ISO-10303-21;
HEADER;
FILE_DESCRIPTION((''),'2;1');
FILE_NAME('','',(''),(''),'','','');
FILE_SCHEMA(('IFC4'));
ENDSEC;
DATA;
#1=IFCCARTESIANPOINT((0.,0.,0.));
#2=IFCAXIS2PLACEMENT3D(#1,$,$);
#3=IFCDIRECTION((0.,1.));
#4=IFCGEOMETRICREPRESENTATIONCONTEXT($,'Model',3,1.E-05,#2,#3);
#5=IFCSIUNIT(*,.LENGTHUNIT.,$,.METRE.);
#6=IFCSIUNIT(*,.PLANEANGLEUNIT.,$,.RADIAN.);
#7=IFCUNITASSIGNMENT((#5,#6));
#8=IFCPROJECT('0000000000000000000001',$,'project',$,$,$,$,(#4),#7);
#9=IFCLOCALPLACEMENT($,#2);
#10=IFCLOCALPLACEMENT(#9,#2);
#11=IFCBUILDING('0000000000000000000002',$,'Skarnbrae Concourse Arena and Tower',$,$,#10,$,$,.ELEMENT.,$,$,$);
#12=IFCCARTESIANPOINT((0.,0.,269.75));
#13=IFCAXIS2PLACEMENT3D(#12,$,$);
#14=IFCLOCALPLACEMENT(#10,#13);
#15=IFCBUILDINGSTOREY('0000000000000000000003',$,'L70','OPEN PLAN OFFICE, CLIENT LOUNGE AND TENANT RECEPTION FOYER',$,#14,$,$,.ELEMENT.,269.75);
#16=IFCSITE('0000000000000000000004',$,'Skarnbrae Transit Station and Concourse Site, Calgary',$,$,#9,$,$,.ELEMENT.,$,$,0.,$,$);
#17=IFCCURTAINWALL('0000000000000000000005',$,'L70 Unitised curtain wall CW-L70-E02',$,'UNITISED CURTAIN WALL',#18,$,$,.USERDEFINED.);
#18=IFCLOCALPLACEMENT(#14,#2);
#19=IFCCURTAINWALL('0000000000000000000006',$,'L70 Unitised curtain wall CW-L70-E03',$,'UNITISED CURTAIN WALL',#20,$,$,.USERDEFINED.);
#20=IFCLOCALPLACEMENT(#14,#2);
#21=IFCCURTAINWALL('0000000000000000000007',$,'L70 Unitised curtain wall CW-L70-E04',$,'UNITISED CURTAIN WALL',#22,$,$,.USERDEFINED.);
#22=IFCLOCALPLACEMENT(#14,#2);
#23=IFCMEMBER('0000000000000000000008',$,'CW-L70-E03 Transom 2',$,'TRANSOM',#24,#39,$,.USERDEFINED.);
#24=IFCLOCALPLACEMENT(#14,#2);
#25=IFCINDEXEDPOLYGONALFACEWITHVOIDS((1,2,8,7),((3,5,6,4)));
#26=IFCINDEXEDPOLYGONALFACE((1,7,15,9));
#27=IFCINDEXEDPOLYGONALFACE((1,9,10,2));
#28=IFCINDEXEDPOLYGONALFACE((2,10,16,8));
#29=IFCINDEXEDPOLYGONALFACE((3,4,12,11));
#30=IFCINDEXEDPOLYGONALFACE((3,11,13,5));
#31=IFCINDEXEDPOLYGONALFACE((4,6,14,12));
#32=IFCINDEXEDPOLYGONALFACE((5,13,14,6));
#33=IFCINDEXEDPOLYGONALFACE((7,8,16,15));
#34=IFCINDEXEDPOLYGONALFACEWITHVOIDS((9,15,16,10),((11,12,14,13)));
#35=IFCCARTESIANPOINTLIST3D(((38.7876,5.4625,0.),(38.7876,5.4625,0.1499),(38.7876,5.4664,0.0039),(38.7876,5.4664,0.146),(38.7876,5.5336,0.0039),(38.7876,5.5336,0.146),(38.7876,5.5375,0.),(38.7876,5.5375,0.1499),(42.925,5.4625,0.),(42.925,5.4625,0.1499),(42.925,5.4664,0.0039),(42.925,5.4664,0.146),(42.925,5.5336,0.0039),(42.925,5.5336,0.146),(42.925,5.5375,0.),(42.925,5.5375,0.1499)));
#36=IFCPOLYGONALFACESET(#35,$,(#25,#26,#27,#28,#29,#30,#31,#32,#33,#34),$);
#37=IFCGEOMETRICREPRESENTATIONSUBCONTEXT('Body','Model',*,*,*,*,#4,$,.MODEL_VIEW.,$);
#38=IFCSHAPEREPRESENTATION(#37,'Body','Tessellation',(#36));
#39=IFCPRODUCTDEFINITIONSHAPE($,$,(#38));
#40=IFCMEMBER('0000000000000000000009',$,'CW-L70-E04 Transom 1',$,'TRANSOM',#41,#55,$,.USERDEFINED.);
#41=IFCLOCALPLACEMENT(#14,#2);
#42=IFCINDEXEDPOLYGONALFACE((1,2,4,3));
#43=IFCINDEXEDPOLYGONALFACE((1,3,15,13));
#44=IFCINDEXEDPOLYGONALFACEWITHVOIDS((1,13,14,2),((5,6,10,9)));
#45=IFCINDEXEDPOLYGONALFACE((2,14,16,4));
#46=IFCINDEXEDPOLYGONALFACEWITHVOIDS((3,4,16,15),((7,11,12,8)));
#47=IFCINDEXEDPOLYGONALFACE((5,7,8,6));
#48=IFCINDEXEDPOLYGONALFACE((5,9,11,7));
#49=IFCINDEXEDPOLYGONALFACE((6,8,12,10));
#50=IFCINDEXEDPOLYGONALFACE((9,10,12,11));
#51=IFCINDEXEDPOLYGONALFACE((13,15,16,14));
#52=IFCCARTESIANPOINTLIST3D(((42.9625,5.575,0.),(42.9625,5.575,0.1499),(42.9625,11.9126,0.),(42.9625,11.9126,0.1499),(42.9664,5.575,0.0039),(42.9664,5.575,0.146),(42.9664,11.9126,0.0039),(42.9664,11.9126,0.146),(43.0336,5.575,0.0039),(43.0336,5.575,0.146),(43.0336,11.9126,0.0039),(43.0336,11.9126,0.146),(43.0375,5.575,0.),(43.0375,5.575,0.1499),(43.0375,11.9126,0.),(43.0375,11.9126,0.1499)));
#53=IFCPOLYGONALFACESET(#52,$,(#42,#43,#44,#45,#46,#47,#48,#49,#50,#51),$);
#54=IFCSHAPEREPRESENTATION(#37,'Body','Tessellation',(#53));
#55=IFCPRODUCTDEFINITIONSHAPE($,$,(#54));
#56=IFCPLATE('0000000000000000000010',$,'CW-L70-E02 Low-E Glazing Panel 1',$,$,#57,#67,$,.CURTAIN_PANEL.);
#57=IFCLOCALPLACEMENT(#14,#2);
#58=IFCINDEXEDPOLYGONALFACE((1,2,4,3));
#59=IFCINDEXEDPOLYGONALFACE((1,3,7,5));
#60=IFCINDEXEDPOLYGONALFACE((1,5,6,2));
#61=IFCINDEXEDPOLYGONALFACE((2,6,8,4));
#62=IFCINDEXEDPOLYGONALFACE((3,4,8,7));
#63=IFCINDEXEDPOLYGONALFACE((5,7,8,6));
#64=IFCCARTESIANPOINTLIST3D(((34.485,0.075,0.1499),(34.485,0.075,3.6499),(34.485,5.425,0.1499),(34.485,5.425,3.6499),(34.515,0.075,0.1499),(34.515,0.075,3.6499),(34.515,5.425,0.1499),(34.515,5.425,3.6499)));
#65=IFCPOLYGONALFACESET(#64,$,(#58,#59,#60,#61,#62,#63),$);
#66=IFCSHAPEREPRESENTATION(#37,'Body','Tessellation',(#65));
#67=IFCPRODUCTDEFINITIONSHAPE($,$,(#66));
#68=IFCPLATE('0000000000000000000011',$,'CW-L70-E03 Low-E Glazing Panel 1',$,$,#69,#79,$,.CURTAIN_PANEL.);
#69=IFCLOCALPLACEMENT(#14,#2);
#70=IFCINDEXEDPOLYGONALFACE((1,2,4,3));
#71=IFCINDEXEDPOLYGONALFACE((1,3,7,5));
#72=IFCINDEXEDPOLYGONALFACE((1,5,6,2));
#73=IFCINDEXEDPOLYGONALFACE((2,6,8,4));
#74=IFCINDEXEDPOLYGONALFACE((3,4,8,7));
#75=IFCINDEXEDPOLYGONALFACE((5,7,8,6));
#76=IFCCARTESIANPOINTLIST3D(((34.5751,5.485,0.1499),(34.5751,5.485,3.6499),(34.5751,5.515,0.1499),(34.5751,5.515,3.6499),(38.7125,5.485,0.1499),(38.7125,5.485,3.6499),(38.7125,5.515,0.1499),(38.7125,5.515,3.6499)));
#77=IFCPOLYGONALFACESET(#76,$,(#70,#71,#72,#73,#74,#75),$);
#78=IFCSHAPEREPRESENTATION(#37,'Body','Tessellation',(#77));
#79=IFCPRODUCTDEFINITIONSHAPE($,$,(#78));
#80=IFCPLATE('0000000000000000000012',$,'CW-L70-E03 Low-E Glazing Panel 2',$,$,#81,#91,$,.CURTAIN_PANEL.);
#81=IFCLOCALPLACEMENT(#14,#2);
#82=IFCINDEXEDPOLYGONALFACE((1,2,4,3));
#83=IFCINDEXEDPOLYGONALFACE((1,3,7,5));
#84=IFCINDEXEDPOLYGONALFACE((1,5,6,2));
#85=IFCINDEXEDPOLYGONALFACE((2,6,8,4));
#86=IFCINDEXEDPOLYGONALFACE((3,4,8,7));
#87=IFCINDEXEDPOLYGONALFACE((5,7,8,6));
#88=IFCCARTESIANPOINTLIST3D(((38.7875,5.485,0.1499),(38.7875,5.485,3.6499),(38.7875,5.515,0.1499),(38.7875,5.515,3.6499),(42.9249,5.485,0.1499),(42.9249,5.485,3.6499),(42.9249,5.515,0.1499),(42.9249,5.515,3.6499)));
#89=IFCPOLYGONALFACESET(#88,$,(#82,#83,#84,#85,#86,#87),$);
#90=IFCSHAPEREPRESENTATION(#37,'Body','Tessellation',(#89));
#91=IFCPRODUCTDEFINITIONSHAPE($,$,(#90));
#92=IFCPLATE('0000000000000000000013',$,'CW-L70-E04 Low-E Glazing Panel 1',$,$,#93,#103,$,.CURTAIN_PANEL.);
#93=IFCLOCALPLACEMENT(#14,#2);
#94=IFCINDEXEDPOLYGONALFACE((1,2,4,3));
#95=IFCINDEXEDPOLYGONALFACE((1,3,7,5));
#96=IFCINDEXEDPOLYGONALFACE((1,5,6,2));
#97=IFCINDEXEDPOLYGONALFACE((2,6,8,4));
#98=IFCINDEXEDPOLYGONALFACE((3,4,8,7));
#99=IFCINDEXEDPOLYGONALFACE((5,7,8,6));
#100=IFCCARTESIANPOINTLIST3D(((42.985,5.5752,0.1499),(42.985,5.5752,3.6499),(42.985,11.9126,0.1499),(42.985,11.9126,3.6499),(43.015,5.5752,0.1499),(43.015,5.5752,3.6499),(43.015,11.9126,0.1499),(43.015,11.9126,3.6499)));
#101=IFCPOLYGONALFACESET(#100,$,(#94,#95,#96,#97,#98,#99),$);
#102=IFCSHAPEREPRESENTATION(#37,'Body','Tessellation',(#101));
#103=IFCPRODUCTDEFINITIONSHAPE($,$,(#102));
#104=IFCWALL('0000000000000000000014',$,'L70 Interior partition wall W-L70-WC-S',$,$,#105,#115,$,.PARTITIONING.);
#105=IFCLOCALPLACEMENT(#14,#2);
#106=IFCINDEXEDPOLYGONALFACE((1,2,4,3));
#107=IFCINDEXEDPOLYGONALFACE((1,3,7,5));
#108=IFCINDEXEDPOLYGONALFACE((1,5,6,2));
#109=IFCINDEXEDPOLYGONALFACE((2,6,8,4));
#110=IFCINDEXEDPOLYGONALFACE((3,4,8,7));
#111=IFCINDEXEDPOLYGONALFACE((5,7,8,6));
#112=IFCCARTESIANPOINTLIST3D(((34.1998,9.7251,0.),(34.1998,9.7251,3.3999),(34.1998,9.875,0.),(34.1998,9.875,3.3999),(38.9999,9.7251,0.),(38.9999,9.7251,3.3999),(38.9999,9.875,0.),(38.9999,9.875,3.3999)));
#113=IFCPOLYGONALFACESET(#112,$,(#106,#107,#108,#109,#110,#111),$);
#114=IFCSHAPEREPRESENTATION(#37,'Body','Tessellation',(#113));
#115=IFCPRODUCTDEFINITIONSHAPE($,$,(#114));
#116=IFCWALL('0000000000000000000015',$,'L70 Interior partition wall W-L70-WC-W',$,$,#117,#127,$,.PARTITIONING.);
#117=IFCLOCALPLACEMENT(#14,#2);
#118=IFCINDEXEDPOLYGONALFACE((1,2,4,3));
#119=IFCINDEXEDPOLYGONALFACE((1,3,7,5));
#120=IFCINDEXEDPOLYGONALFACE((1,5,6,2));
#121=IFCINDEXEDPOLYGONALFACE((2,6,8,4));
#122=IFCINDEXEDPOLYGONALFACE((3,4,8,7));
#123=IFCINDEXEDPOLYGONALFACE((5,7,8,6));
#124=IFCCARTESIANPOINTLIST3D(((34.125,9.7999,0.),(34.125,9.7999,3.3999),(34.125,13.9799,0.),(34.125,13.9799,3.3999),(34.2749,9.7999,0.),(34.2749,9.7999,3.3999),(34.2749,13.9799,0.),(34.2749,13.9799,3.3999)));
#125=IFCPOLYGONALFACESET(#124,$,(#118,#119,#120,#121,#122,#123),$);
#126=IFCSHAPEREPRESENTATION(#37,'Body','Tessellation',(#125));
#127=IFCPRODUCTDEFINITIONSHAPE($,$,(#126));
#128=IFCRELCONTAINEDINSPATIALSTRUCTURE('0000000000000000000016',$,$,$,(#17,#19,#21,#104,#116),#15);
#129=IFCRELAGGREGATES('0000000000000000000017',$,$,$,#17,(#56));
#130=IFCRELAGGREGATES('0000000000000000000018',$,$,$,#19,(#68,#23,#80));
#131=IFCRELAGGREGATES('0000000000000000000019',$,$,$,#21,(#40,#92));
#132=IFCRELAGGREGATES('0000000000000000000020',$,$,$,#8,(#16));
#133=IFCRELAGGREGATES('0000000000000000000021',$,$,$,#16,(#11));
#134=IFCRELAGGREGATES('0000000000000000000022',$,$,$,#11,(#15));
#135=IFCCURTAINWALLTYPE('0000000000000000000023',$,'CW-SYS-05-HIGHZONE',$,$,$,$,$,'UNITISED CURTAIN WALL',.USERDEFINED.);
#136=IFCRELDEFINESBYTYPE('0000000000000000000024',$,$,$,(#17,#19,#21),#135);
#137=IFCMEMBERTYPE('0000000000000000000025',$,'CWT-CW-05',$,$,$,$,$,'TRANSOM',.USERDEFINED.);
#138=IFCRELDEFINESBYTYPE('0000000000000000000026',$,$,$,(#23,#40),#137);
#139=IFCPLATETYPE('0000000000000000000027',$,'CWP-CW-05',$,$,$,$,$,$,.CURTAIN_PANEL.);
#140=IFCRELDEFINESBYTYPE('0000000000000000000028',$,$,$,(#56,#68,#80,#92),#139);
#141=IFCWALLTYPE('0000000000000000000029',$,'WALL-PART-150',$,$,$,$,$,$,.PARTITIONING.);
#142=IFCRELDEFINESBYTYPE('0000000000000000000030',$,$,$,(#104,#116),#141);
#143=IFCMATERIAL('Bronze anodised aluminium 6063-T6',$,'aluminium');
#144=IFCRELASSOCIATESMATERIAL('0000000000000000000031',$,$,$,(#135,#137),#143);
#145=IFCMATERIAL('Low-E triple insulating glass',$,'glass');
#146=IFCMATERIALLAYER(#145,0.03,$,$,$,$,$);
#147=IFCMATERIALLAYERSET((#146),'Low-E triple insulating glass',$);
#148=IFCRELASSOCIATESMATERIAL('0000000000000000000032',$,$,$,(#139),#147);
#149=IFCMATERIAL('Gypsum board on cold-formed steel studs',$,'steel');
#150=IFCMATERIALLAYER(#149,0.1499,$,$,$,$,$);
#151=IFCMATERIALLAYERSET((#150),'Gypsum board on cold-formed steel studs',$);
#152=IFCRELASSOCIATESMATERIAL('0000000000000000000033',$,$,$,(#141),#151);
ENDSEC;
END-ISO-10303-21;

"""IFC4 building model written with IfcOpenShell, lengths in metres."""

from ifc_helpers import new_model, si_unit, direction, frame, frame_2d, origin, origin_2d, place, context, subcontext, project, spatial, rectangle, hollow_rectangle, extrude, source, transform, mapped, material, layer, layer_set, material_profile, profile_set, type_object, element, aggregate, save


model = new_model("IFC4")

# Units and contexts
model_context = context("Model", 3, precision=1e-05, world=origin(), true_north=direction((0.0, 1.0)))
body_context = subcontext(model_context, "Body", "Model", "MODEL_VIEW")
ifc_project = project(units=[si_unit("LENGTHUNIT", "METRE"), si_unit("PLANEANGLEUNIT", "RADIAN")], contexts=[model_context])

# Site, building, storey
site_placement = place(None, origin())
site = spatial("IfcSite", under=ifc_project, at=site_placement, Name="Skarnbrae Transit Station and Concourse Site, Calgary", CompositionType="ELEMENT", RefElevation=0.0)
building_placement = place(site_placement, origin())
building = spatial("IfcBuilding", under=site, at=building_placement, Name="Skarnbrae Concourse Arena and Tower", CompositionType="ELEMENT")
storey_placement = place(building_placement, frame((0.0, 0.0, 269.75)))
storey = spatial("IfcBuildingStorey", under=building, at=storey_placement, Name="L70", Description="OPEN PLAN OFFICE, CLIENT LOUNGE AND TENANT RECEPTION FOYER", CompositionType="ELEMENT", Elevation=269.75)

# Curtain walls
ifc_material_1 = material(Name="Bronze anodised aluminium 6063-T6", Category="aluminium")
curtain_wall_type = type_object("IfcCurtainWallType", Name="CW-SYS-05-HIGHZONE", ElementType="UNITISED CURTAIN WALL", PredefinedType="USERDEFINED", material=ifc_material_1)
curtain_wall_1_placement = place(storey_placement, origin())
curtain_wall_1 = element("IfcCurtainWall", 1, at=curtain_wall_1_placement, inside=storey, type_object=curtain_wall_type, Name="L70 Unitised curtain wall CW-L70-E02", ObjectType="UNITISED CURTAIN WALL", PredefinedType="USERDEFINED")
curtain_wall_2_placement = place(storey_placement, origin())
curtain_wall_2 = element("IfcCurtainWall", 2, at=curtain_wall_2_placement, inside=storey, type_object=curtain_wall_type, Name="L70 Unitised curtain wall CW-L70-E03", ObjectType="UNITISED CURTAIN WALL", PredefinedType="USERDEFINED")

# Curtain wall
curtain_wall_3_placement = place(storey_placement, origin())
curtain_wall_3 = element("IfcCurtainWall", 3, at=curtain_wall_3_placement, inside=storey, type_object=curtain_wall_type, Name="L70 Unitised curtain wall CW-L70-E04", ObjectType="UNITISED CURTAIN WALL", PredefinedType="USERDEFINED")

# Members
ifc_material_profile_1 = material_profile(ifc_material_1, hollow_rectangle(XDim=0.075, YDim=0.1499, WallThickness=0.0039, at=origin_2d()), Name="ALU-TRAN-75X150")
ifc_profile_set_1 = profile_set([ifc_material_profile_1], Name="Bronze anodised aluminium 6063-T6")
member_type_1 = type_object("IfcMemberType", Name="CWT-CW-05", ElementType="TRANSOM", PredefinedType="USERDEFINED", material=ifc_profile_set_1)
shared_shape_1 = source(origin(), body_context, "Body", "SweptSolid", [
    extrude(hollow_rectangle(XDim=0.075, YDim=0.1499, WallThickness=0.0039, at=origin_2d()), origin(), (0.0, 0.0, 1.0), 4.1375),
])
member_1_placement = place(storey_placement, frame((38.7876, 5.5, 0.075), z_axis=(1.0, 0.0, 0.0), x_axis=(0.0, 1.0, 0.0)))
member_1 = element("IfcMember", 4, at=member_1_placement, type_object=member_type_1, Name="CW-L70-E03 Transom 2", ObjectType="TRANSOM", PredefinedType="USERDEFINED", context=body_context, shape_type="MappedRepresentation", body=[
    mapped(shared_shape_1, transform((0.0, 0.0, 0.0))),
])
shared_shape_2 = source(origin(), body_context, "Body", "SweptSolid", [
    extrude(hollow_rectangle(XDim=0.075, YDim=0.1499, WallThickness=0.0039, at=origin_2d()), origin(), (0.0, 0.0, 1.0), 6.3376),
])
member_2_placement = place(storey_placement, frame((43.0, 5.575, 0.075), z_axis=(0.0, 1.0, 0.0), x_axis=(-1.0, 0.0, 0.0)))
member_2 = element("IfcMember", 5, at=member_2_placement, type_object=member_type_1, Name="CW-L70-E04 Transom 1", ObjectType="TRANSOM", PredefinedType="USERDEFINED", context=body_context, shape_type="MappedRepresentation", body=[
    mapped(shared_shape_2, transform((0.0, 0.0, 0.0))),
])

# Plates
ifc_material_2 = material(Name="Low-E triple insulating glass", Category="glass")
ifc_layer_1 = layer(ifc_material_2, 0.03)
ifc_layer_set_1 = layer_set([ifc_layer_1], Name="Low-E triple insulating glass")
plate_type = type_object("IfcPlateType", Name="CWP-CW-05", PredefinedType="CURTAIN_PANEL", material=ifc_layer_set_1)
shared_shape_3 = source(origin(), body_context, "Body", "SweptSolid", [
    extrude(rectangle(XDim=5.3501, YDim=0.03, at=origin_2d()), origin(), (0.0, 0.0, 1.0), 3.5),
])
plate_1_placement = place(storey_placement, frame((34.5, 2.75, 0.1499), z_axis=(0.0, 0.0, 1.0), x_axis=(0.0, 1.0, 0.0)))
plate_1 = element("IfcPlate", 6, at=plate_1_placement, type_object=plate_type, Name="CW-L70-E02 Low-E Glazing Panel 1", PredefinedType="CURTAIN_PANEL", context=body_context, shape_type="MappedRepresentation", body=[
    mapped(shared_shape_3, transform((0.0, 0.0, 0.0))),
])
aggregate(curtain_wall_1, [plate_1])
shared_shape_4 = source(origin(), body_context, "Body", "SweptSolid", [
    extrude(rectangle(XDim=4.1375, YDim=0.03, at=origin_2d()), origin(), (0.0, 0.0, 1.0), 3.5),
])
plate_2_placement = place(storey_placement, frame((36.6438, 5.5, 0.1499), z_axis=(0.0, 0.0, 1.0), x_axis=(1.0, 0.0, 0.0)))
plate_2 = element("IfcPlate", 7, at=plate_2_placement, type_object=plate_type, Name="CW-L70-E03 Low-E Glazing Panel 1", PredefinedType="CURTAIN_PANEL", context=body_context, shape_type="MappedRepresentation", body=[
    mapped(shared_shape_4, transform((0.0, 0.0, 0.0))),
])
plate_3_placement = place(storey_placement, frame((40.8562, 5.5, 0.1499), z_axis=(0.0, 0.0, 1.0), x_axis=(1.0, 0.0, 0.0)))
plate_3 = element("IfcPlate", 8, at=plate_3_placement, type_object=plate_type, Name="CW-L70-E03 Low-E Glazing Panel 2", PredefinedType="CURTAIN_PANEL", context=body_context, shape_type="MappedRepresentation", body=[
    mapped(shared_shape_4, transform((0.0, 0.0, 0.0))),
])
aggregate(curtain_wall_2, [plate_2, member_1, plate_3])
shared_shape_5 = source(origin(), body_context, "Body", "SweptSolid", [
    extrude(rectangle(XDim=6.3374, YDim=0.03, at=origin_2d()), origin(), (0.0, 0.0, 1.0), 3.5),
])
plate_4_placement = place(storey_placement, frame((43.0, 8.7439, 0.1499), z_axis=(0.0, 0.0, 1.0), x_axis=(0.0, 1.0, 0.0)))
plate_4 = element("IfcPlate", 9, at=plate_4_placement, type_object=plate_type, Name="CW-L70-E04 Low-E Glazing Panel 1", PredefinedType="CURTAIN_PANEL", context=body_context, shape_type="MappedRepresentation", body=[
    mapped(shared_shape_5, transform((0.0, 0.0, 0.0))),
])
aggregate(curtain_wall_3, [member_2, plate_4])

# Walls
ifc_material_3 = material(Name="Gypsum board on cold-formed steel studs", Category="steel")
ifc_layer_2 = layer(ifc_material_3, 0.1499)
ifc_layer_set_2 = layer_set([ifc_layer_2], Name="Gypsum board on cold-formed steel studs")
wall_type = type_object("IfcWallType", Name="WALL-PART-150", PredefinedType="PARTITIONING", material=ifc_layer_set_2)
shared_shape_6 = source(origin(), body_context, "Body", "SweptSolid", [
    extrude(rectangle(XDim=4.8, YDim=0.1499, at=frame_2d((2.3999, 0.0))), origin(), (0.0, 0.0, 1.0), 3.3999),
])
wall_1_placement = place(storey_placement, frame((34.2, 9.8, 0.0), z_axis=(0.0, 0.0, 1.0), x_axis=(1.0, 0.0, 0.0)))
element("IfcWall", 10, at=wall_1_placement, inside=storey, type_object=wall_type, Name="L70 Interior partition wall W-L70-WC-S", PredefinedType="PARTITIONING", context=body_context, shape_type="MappedRepresentation", body=[
    mapped(shared_shape_6, transform((0.0, 0.0, 0.0))),
])
shared_shape_7 = source(origin(), body_context, "Body", "SweptSolid", [
    extrude(rectangle(XDim=4.1799, YDim=0.1499, at=frame_2d((2.0898, 0.0))), origin(), (0.0, 0.0, 1.0), 3.3999),
])
wall_2_placement = place(storey_placement, frame((34.2, 9.8, 0.0), z_axis=(0.0, 0.0, 1.0), x_axis=(0.0, 1.0, 0.0)))
element("IfcWall", 11, at=wall_2_placement, inside=storey, type_object=wall_type, Name="L70 Interior partition wall W-L70-WC-W", PredefinedType="PARTITIONING", context=body_context, shape_type="MappedRepresentation", body=[
    mapped(shared_shape_7, transform((0.0, 0.0, 0.0))),
])

save(model, "model.ifc")
